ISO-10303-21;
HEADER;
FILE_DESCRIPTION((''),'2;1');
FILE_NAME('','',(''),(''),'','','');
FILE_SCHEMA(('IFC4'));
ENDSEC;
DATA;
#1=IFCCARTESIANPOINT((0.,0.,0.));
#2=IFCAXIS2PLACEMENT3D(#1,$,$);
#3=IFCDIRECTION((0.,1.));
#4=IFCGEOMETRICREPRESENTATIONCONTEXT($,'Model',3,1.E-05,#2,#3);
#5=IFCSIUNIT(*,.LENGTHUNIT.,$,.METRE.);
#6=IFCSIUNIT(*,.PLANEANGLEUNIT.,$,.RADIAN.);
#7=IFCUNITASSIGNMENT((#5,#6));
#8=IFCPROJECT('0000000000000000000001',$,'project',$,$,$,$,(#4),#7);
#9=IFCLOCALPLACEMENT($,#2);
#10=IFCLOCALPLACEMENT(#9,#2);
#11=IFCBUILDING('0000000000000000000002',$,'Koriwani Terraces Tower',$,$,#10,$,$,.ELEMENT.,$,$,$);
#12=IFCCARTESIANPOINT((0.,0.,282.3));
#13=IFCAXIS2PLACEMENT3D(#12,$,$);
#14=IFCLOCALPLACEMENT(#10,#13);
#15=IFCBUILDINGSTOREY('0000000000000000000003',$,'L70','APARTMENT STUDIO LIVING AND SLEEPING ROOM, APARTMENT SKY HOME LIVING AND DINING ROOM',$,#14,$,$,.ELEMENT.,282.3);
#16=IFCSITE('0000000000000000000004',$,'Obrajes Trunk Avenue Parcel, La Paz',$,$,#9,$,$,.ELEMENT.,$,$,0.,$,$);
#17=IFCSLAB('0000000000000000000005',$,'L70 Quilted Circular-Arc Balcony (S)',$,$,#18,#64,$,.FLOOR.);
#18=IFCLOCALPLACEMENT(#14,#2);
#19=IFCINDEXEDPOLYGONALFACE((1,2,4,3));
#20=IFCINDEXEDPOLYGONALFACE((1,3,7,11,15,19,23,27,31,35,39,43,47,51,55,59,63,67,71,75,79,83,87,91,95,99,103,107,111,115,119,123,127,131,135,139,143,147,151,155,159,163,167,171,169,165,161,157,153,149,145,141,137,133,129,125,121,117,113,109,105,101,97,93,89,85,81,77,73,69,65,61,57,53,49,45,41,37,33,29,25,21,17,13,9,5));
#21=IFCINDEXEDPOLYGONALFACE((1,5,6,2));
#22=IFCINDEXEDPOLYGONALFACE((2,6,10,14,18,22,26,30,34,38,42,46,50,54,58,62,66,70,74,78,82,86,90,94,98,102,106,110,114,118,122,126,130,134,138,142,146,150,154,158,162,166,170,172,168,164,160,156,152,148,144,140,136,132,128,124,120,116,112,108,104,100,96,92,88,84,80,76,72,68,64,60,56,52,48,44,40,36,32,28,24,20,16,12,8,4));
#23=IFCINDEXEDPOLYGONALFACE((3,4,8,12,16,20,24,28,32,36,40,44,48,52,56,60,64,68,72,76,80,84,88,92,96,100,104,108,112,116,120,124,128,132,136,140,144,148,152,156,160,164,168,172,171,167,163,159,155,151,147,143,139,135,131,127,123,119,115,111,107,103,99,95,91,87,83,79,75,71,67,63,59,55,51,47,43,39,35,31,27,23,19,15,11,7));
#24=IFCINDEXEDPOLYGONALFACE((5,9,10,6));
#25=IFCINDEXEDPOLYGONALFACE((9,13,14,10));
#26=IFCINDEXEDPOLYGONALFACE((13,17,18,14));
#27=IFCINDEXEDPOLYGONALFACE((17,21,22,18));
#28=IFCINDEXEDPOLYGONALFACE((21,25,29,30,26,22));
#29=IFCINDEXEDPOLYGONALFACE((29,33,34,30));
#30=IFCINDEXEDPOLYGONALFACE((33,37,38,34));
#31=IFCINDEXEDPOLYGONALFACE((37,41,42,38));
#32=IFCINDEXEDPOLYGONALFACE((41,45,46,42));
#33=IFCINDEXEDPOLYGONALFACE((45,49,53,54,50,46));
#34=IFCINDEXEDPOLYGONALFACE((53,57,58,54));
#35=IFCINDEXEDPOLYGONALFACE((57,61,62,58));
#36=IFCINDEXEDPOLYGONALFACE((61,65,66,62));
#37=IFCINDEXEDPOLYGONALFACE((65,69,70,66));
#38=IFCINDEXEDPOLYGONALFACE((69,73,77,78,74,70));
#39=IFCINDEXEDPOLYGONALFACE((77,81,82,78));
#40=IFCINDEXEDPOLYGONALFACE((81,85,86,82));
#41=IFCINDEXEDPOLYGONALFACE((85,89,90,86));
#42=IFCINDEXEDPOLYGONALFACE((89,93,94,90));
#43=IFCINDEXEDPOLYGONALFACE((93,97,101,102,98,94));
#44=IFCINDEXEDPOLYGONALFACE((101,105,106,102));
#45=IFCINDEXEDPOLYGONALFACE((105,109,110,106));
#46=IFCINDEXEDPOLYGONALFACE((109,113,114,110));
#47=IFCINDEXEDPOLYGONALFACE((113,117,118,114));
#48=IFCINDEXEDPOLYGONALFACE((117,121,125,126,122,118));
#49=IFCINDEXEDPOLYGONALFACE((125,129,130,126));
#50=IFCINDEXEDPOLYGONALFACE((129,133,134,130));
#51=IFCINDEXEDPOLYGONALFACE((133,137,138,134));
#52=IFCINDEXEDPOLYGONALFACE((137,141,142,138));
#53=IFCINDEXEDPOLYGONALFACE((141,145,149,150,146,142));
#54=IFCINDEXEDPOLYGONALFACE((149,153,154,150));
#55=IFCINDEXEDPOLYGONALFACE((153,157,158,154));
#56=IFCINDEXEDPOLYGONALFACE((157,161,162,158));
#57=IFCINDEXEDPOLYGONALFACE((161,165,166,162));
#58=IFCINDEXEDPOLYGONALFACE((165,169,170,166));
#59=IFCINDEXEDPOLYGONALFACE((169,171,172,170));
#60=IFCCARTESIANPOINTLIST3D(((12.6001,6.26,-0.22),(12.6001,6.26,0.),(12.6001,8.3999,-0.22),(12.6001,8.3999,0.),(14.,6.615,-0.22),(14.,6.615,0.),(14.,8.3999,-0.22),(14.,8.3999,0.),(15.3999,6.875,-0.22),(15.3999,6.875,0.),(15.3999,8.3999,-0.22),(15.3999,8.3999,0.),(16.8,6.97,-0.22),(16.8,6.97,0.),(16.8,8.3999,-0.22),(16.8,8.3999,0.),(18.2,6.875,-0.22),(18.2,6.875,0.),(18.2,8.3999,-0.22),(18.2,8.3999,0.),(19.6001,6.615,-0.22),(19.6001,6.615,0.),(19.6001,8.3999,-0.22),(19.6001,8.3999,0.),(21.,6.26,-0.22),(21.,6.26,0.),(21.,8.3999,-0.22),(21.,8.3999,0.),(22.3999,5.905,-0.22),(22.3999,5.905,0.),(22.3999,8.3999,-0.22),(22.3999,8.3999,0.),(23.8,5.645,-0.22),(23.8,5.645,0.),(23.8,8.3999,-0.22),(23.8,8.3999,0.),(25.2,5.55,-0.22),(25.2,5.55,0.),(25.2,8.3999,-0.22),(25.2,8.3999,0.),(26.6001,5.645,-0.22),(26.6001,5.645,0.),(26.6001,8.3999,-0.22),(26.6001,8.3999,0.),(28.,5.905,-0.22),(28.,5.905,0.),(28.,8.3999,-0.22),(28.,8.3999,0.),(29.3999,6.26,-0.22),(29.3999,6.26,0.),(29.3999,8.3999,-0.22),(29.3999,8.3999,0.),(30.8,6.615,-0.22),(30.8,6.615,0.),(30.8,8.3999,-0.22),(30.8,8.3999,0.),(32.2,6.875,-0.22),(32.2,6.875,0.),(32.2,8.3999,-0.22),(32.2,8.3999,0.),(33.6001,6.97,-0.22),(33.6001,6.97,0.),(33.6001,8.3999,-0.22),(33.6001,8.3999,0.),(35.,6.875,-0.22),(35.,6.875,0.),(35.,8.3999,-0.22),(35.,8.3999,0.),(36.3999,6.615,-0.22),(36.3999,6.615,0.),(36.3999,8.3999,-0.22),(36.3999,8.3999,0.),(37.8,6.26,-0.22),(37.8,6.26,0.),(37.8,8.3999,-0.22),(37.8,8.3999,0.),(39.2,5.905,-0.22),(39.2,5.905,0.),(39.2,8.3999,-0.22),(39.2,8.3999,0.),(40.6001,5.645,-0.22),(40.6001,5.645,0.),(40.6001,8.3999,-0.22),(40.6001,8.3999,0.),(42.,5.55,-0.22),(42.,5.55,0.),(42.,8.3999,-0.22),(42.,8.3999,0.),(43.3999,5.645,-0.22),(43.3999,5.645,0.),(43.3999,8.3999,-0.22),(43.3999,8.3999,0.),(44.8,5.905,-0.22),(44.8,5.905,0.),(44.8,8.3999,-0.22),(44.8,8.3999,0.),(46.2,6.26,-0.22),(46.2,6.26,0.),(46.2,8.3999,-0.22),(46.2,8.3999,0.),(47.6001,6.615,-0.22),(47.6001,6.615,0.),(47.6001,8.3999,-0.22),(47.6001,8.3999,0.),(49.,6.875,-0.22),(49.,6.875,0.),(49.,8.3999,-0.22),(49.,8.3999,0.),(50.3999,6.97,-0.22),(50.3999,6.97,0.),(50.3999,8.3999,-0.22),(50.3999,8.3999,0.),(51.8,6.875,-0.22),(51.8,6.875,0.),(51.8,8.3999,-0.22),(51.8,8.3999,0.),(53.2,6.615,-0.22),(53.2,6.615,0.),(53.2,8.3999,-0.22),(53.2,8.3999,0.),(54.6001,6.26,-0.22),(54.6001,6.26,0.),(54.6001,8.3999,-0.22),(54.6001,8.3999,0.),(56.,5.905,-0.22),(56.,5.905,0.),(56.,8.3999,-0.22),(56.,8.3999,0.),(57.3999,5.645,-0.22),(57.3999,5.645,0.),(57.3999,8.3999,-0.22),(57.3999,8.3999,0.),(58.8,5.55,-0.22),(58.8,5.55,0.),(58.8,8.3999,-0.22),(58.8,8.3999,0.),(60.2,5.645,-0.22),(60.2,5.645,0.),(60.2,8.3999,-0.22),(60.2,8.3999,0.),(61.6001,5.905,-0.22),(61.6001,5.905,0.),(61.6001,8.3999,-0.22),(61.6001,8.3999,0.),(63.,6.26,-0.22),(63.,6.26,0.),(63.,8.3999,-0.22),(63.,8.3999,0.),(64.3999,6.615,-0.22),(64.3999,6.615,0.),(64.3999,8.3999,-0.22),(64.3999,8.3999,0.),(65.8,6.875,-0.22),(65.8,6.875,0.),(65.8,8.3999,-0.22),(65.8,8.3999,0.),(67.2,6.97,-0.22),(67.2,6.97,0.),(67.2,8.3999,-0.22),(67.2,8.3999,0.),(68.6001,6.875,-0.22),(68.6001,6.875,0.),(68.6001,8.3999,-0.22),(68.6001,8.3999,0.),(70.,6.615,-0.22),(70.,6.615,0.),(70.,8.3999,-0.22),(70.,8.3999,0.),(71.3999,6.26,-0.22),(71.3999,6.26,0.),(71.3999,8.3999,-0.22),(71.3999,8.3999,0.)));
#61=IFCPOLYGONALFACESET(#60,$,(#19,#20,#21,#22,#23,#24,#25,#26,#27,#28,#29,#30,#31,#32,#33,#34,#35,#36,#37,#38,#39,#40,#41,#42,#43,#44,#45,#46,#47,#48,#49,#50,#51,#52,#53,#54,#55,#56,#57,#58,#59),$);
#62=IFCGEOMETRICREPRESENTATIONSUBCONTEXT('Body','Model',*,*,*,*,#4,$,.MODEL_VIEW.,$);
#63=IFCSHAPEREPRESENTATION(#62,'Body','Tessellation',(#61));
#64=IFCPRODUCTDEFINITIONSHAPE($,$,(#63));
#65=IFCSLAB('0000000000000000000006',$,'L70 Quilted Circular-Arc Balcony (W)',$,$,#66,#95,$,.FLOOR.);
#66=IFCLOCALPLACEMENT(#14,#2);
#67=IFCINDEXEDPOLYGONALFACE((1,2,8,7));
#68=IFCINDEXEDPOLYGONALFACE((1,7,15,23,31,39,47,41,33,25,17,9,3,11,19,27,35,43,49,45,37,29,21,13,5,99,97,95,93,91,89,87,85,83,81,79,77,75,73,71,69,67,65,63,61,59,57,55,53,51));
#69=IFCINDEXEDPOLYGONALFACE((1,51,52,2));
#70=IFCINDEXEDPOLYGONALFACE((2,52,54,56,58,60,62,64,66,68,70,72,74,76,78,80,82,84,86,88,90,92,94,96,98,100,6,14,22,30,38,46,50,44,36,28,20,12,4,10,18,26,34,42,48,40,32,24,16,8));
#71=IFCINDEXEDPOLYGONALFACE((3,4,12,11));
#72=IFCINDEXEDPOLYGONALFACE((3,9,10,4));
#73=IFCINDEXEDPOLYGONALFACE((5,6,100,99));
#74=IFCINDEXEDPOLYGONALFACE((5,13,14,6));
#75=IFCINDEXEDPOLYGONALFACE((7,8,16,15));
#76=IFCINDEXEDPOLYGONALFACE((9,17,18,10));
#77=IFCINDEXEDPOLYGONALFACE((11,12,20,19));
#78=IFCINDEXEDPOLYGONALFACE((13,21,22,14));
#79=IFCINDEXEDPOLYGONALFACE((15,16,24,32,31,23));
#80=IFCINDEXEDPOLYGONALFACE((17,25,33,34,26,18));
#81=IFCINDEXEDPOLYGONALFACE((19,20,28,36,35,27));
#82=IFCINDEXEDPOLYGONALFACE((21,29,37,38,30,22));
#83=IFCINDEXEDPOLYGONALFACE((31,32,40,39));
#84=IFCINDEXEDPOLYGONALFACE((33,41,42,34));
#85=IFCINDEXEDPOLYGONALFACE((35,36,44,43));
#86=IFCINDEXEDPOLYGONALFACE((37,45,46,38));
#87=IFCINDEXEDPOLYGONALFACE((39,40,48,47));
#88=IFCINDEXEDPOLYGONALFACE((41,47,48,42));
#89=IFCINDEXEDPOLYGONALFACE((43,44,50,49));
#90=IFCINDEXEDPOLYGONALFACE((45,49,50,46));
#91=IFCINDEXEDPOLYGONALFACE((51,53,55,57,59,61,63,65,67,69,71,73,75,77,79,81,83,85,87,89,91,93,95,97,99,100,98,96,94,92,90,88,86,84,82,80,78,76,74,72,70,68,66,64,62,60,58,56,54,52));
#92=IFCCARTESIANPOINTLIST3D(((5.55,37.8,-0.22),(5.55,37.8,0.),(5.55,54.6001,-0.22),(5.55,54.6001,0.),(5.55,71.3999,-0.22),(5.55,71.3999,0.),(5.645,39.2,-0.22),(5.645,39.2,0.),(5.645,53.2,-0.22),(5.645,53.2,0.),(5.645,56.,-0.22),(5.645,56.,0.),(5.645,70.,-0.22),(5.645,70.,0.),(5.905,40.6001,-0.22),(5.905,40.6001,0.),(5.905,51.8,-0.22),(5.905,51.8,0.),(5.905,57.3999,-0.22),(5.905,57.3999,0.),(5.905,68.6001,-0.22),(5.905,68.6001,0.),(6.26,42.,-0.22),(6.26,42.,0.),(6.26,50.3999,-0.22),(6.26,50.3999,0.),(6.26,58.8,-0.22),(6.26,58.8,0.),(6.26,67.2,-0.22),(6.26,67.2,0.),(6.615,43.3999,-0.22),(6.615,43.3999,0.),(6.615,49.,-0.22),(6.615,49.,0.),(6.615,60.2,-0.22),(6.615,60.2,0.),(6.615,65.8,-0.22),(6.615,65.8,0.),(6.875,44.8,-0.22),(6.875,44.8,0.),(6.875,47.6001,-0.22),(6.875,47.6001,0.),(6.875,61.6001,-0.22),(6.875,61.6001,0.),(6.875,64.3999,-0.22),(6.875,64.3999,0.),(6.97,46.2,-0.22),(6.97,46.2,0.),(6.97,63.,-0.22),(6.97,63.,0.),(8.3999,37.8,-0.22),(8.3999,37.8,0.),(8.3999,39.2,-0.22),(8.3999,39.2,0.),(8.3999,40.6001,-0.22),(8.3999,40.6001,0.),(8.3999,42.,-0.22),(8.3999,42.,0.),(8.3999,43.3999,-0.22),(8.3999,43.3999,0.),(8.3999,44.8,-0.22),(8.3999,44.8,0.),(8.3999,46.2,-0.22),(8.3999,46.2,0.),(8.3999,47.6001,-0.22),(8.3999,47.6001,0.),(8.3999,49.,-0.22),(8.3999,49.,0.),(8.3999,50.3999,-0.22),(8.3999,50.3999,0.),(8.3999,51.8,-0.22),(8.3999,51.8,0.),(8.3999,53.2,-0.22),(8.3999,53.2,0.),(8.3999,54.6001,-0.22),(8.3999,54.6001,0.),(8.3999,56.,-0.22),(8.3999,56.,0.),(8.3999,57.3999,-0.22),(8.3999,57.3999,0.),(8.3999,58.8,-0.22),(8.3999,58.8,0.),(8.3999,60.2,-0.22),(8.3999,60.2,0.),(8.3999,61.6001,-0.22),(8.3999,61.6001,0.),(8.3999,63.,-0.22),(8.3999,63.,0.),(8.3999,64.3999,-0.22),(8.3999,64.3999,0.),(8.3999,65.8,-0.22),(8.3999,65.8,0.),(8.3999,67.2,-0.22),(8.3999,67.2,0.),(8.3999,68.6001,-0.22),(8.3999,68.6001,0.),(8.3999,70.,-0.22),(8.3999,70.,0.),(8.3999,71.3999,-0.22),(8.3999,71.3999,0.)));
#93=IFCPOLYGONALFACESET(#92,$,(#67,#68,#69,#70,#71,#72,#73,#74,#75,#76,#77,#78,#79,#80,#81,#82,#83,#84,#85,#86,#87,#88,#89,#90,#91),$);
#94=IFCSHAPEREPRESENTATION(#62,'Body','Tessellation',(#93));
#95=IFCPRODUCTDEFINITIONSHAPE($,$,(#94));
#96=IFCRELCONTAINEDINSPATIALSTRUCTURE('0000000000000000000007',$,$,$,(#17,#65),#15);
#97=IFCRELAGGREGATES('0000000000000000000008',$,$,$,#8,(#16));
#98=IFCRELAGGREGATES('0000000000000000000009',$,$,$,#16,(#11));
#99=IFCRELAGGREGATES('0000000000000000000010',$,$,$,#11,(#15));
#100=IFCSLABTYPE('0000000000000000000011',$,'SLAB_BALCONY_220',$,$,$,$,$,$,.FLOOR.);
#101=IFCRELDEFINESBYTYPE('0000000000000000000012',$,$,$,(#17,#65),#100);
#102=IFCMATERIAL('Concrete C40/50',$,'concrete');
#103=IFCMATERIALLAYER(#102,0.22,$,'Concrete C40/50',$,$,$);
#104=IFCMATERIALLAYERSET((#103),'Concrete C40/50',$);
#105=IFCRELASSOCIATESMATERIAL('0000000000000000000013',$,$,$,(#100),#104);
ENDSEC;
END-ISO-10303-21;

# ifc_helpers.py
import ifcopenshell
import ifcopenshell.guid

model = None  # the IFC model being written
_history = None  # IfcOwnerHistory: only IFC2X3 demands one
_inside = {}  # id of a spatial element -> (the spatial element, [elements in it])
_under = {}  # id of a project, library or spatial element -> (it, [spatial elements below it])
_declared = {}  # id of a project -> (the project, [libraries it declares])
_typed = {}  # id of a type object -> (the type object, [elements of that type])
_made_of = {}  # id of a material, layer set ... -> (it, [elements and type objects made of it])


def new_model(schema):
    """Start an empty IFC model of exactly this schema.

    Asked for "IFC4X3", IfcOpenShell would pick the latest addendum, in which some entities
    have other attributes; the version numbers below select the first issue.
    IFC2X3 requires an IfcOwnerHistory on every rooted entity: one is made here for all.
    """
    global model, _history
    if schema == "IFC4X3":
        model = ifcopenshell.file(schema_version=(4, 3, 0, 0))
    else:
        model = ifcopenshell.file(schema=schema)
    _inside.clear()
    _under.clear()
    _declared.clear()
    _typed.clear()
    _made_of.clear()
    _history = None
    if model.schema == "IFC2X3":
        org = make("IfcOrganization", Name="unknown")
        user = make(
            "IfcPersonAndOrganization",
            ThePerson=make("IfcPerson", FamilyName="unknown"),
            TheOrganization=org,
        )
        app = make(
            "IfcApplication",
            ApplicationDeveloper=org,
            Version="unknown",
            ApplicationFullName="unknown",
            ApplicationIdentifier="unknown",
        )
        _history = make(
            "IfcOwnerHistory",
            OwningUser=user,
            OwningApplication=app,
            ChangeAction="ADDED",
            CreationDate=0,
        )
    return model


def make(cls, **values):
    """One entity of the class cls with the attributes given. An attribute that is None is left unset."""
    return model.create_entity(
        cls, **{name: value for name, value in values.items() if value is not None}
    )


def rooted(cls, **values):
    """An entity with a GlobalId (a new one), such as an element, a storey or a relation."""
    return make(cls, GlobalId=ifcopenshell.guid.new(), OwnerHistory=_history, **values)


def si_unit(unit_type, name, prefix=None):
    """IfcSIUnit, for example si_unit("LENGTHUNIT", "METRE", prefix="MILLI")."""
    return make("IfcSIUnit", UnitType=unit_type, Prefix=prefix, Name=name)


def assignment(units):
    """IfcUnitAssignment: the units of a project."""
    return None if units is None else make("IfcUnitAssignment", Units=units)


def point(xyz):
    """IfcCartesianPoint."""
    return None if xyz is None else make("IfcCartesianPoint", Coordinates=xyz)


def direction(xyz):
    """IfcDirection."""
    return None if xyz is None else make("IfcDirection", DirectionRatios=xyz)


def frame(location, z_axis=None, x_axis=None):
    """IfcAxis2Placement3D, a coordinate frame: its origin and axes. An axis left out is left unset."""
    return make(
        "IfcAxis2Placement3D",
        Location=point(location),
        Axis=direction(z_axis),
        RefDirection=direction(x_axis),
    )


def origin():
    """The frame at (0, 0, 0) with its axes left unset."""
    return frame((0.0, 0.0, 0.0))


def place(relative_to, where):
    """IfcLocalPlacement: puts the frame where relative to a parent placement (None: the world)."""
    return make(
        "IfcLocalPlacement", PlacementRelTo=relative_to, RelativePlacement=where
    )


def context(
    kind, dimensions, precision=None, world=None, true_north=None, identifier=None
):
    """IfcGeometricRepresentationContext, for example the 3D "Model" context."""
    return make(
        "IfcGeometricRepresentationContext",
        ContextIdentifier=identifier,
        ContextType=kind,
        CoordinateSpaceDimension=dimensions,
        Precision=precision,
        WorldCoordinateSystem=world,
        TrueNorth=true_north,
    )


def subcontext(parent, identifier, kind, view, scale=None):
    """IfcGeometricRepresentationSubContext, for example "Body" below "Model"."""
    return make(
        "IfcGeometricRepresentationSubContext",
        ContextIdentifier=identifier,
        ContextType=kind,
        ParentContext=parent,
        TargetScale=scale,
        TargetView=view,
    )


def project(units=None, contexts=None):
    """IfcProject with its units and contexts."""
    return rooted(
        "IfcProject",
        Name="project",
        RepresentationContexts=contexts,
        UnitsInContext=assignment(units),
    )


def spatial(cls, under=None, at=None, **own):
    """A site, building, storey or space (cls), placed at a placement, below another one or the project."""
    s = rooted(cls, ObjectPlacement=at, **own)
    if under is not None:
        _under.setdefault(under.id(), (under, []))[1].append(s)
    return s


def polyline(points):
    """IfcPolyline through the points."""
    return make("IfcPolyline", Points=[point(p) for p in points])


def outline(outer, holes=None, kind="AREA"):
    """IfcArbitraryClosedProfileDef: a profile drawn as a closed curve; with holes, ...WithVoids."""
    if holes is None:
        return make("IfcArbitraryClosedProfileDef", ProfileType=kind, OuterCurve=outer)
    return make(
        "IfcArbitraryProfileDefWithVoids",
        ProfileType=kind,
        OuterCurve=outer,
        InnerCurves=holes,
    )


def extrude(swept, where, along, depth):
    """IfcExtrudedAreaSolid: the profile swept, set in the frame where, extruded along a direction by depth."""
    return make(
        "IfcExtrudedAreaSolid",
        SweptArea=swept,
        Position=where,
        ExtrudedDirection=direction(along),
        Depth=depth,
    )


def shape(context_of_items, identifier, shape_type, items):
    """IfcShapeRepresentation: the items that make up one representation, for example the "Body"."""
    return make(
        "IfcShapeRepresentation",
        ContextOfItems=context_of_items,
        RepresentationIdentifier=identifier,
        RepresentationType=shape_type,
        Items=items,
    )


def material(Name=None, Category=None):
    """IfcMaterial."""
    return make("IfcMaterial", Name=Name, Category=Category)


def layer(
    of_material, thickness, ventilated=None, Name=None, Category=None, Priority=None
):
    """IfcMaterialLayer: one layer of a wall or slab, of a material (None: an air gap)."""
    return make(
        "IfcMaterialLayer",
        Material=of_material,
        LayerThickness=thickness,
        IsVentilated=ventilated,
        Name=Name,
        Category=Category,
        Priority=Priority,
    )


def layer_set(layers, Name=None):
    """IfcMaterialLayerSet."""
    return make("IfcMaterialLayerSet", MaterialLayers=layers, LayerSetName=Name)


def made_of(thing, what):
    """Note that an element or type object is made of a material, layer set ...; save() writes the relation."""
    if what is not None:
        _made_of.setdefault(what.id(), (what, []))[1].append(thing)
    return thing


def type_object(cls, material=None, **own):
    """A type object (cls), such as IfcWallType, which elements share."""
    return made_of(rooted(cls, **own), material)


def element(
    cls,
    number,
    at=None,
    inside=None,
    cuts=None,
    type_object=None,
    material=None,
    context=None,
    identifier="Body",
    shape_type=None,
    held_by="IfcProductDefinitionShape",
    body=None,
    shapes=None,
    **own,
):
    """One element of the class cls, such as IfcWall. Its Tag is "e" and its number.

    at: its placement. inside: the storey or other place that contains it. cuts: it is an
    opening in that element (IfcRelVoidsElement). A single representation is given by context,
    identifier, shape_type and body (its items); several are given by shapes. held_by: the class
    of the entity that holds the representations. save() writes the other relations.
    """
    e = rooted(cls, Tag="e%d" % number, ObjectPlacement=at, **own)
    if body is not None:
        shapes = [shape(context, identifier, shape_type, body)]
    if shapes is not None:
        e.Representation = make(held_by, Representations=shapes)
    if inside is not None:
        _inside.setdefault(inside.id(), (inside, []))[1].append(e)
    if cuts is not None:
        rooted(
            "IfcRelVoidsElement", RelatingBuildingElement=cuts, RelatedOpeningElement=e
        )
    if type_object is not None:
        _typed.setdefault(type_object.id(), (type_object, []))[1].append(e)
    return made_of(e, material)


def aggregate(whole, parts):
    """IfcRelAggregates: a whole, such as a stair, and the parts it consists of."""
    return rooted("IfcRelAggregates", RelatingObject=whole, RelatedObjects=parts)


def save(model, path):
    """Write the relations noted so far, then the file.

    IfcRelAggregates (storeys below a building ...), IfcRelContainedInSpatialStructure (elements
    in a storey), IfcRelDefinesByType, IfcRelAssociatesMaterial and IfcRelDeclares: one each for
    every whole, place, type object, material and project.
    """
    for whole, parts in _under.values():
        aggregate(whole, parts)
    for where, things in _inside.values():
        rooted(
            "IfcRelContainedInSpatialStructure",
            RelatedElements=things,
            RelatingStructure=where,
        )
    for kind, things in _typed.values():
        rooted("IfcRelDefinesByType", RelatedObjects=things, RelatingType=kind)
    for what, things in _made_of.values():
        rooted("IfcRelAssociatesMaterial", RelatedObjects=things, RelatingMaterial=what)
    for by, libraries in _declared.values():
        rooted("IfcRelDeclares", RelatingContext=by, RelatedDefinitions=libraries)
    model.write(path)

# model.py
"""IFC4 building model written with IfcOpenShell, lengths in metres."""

from ifc_helpers import new_model, si_unit, direction, frame, origin, place, context, subcontext, project, spatial, polyline, outline, extrude, material, layer, layer_set, type_object, element, save


model = new_model("IFC4")

# Units and contexts
model_context = context("Model", 3, precision=1e-05, world=origin(), true_north=direction((0.0, 1.0)))
body_context = subcontext(model_context, "Body", "Model", "MODEL_VIEW")
ifc_project = project(units=[si_unit("LENGTHUNIT", "METRE"), si_unit("PLANEANGLEUNIT", "RADIAN")], contexts=[model_context])

# Site, building, storey
site_placement = place(None, origin())
site = spatial("IfcSite", under=ifc_project, at=site_placement, Name="Obrajes Trunk Avenue Parcel, La Paz", CompositionType="ELEMENT", RefElevation=0.0)
building_placement = place(site_placement, origin())
building = spatial("IfcBuilding", under=site, at=building_placement, Name="Koriwani Terraces Tower", CompositionType="ELEMENT")
storey_placement = place(building_placement, frame((0.0, 0.0, 282.3)))
storey = spatial("IfcBuildingStorey", under=building, at=storey_placement, Name="L70", Description="APARTMENT STUDIO LIVING AND SLEEPING ROOM, APARTMENT SKY HOME LIVING AND DINING ROOM", CompositionType="ELEMENT", Elevation=282.3)

# Slabs
ifc_material_1 = material(Name="Concrete C40/50", Category="concrete")
ifc_layer_1 = layer(ifc_material_1, 0.22, Name="Concrete C40/50")
ifc_layer_set_1 = layer_set([ifc_layer_1], Name="Concrete C40/50")
slab_type_1 = type_object("IfcSlabType", Name="SLAB_BALCONY_220", PredefinedType="FLOOR", material=ifc_layer_set_1)
slab_1_placement = place(storey_placement, frame((0.0, 0.0, -0.22)))
element("IfcSlab", 1, at=slab_1_placement, inside=storey, type_object=slab_type_1, Name="L70 Quilted Circular-Arc Balcony (S)", PredefinedType="FLOOR", context=body_context, shape_type="SweptSolid", body=[
    extrude(outline(polyline([(12.6001, 8.3999), (14.0, 8.3999), (15.3999, 8.3999), (16.8, 8.3999), (18.2, 8.3999), (19.6001, 8.3999), (21.0, 8.3999), (22.3999, 8.3999), (23.8, 8.3999), (25.2, 8.3999), (26.6001, 8.3999), (28.0, 8.3999), (29.3999, 8.3999), (30.8, 8.3999), (32.2, 8.3999), (33.6001, 8.3999), (35.0, 8.3999), (36.3999, 8.3999), (37.8, 8.3999), (39.2, 8.3999), (40.6001, 8.3999), (42.0, 8.3999), (43.3999, 8.3999), (44.8, 8.3999), (46.2, 8.3999), (47.6001, 8.3999), (49.0, 8.3999), (50.3999, 8.3999), (51.8, 8.3999), (53.2, 8.3999), (54.6001, 8.3999), (56.0, 8.3999), (57.3999, 8.3999), (58.8, 8.3999), (60.2, 8.3999), (61.6001, 8.3999), (63.0, 8.3999), (64.3999, 8.3999), (65.8, 8.3999), (67.2, 8.3999), (68.6001, 8.3999), (70.0, 8.3999), (71.3999, 8.3999), (71.3999, 6.26), (70.0, 6.615), (68.6001, 6.875), (67.2, 6.97), (65.8, 6.875), (64.3999, 6.615), (63.0, 6.26), (61.6001, 5.905), (60.2, 5.645), (58.8, 5.55), (57.3999, 5.645), (56.0, 5.905), (54.6001, 6.26), (53.2, 6.615), (51.8, 6.875), (50.3999, 6.97), (49.0, 6.875), (47.6001, 6.615), (46.2, 6.26), (44.8, 5.905), (43.3999, 5.645), (42.0, 5.55), (40.6001, 5.645), (39.2, 5.905), (37.8, 6.26), (36.3999, 6.615), (35.0, 6.875), (33.6001, 6.97), (32.2, 6.875), (30.8, 6.615), (29.3999, 6.26), (28.0, 5.905), (26.6001, 5.645), (25.2, 5.55), (23.8, 5.645), (22.3999, 5.905), (21.0, 6.26), (19.6001, 6.615), (18.2, 6.875), (16.8, 6.97), (15.3999, 6.875), (14.0, 6.615), (12.6001, 6.26), (12.6001, 8.3999)])), origin(), (0.0, 0.0, 1.0), 0.22),
])
slab_2_placement = place(storey_placement, frame((0.0, 0.0, -0.22)))
element("IfcSlab", 2, at=slab_2_placement, inside=storey, type_object=slab_type_1, Name="L70 Quilted Circular-Arc Balcony (W)", PredefinedType="FLOOR", context=body_context, shape_type="SweptSolid", body=[
    extrude(outline(polyline([(8.3999, 37.8), (8.3999, 39.2), (8.3999, 40.6001), (8.3999, 42.0), (8.3999, 43.3999), (8.3999, 44.8), (8.3999, 46.2), (8.3999, 47.6001), (8.3999, 49.0), (8.3999, 50.3999), (8.3999, 51.8), (8.3999, 53.2), (8.3999, 54.6001), (8.3999, 56.0), (8.3999, 57.3999), (8.3999, 58.8), (8.3999, 60.2), (8.3999, 61.6001), (8.3999, 63.0), (8.3999, 64.3999), (8.3999, 65.8), (8.3999, 67.2), (8.3999, 68.6001), (8.3999, 70.0), (8.3999, 71.3999), (5.55, 71.3999), (5.645, 70.0), (5.905, 68.6001), (6.26, 67.2), (6.615, 65.8), (6.875, 64.3999), (6.97, 63.0), (6.875, 61.6001), (6.615, 60.2), (6.26, 58.8), (5.905, 57.3999), (5.645, 56.0), (5.55, 54.6001), (5.645, 53.2), (5.905, 51.8), (6.26, 50.3999), (6.615, 49.0), (6.875, 47.6001), (6.97, 46.2), (6.875, 44.8), (6.615, 43.3999), (6.26, 42.0), (5.905, 40.6001), (5.645, 39.2), (5.55, 37.8), (8.3999, 37.8)])), origin(), (0.0, 0.0, 1.0), 0.22),
])

save(model, "model.ifc")
